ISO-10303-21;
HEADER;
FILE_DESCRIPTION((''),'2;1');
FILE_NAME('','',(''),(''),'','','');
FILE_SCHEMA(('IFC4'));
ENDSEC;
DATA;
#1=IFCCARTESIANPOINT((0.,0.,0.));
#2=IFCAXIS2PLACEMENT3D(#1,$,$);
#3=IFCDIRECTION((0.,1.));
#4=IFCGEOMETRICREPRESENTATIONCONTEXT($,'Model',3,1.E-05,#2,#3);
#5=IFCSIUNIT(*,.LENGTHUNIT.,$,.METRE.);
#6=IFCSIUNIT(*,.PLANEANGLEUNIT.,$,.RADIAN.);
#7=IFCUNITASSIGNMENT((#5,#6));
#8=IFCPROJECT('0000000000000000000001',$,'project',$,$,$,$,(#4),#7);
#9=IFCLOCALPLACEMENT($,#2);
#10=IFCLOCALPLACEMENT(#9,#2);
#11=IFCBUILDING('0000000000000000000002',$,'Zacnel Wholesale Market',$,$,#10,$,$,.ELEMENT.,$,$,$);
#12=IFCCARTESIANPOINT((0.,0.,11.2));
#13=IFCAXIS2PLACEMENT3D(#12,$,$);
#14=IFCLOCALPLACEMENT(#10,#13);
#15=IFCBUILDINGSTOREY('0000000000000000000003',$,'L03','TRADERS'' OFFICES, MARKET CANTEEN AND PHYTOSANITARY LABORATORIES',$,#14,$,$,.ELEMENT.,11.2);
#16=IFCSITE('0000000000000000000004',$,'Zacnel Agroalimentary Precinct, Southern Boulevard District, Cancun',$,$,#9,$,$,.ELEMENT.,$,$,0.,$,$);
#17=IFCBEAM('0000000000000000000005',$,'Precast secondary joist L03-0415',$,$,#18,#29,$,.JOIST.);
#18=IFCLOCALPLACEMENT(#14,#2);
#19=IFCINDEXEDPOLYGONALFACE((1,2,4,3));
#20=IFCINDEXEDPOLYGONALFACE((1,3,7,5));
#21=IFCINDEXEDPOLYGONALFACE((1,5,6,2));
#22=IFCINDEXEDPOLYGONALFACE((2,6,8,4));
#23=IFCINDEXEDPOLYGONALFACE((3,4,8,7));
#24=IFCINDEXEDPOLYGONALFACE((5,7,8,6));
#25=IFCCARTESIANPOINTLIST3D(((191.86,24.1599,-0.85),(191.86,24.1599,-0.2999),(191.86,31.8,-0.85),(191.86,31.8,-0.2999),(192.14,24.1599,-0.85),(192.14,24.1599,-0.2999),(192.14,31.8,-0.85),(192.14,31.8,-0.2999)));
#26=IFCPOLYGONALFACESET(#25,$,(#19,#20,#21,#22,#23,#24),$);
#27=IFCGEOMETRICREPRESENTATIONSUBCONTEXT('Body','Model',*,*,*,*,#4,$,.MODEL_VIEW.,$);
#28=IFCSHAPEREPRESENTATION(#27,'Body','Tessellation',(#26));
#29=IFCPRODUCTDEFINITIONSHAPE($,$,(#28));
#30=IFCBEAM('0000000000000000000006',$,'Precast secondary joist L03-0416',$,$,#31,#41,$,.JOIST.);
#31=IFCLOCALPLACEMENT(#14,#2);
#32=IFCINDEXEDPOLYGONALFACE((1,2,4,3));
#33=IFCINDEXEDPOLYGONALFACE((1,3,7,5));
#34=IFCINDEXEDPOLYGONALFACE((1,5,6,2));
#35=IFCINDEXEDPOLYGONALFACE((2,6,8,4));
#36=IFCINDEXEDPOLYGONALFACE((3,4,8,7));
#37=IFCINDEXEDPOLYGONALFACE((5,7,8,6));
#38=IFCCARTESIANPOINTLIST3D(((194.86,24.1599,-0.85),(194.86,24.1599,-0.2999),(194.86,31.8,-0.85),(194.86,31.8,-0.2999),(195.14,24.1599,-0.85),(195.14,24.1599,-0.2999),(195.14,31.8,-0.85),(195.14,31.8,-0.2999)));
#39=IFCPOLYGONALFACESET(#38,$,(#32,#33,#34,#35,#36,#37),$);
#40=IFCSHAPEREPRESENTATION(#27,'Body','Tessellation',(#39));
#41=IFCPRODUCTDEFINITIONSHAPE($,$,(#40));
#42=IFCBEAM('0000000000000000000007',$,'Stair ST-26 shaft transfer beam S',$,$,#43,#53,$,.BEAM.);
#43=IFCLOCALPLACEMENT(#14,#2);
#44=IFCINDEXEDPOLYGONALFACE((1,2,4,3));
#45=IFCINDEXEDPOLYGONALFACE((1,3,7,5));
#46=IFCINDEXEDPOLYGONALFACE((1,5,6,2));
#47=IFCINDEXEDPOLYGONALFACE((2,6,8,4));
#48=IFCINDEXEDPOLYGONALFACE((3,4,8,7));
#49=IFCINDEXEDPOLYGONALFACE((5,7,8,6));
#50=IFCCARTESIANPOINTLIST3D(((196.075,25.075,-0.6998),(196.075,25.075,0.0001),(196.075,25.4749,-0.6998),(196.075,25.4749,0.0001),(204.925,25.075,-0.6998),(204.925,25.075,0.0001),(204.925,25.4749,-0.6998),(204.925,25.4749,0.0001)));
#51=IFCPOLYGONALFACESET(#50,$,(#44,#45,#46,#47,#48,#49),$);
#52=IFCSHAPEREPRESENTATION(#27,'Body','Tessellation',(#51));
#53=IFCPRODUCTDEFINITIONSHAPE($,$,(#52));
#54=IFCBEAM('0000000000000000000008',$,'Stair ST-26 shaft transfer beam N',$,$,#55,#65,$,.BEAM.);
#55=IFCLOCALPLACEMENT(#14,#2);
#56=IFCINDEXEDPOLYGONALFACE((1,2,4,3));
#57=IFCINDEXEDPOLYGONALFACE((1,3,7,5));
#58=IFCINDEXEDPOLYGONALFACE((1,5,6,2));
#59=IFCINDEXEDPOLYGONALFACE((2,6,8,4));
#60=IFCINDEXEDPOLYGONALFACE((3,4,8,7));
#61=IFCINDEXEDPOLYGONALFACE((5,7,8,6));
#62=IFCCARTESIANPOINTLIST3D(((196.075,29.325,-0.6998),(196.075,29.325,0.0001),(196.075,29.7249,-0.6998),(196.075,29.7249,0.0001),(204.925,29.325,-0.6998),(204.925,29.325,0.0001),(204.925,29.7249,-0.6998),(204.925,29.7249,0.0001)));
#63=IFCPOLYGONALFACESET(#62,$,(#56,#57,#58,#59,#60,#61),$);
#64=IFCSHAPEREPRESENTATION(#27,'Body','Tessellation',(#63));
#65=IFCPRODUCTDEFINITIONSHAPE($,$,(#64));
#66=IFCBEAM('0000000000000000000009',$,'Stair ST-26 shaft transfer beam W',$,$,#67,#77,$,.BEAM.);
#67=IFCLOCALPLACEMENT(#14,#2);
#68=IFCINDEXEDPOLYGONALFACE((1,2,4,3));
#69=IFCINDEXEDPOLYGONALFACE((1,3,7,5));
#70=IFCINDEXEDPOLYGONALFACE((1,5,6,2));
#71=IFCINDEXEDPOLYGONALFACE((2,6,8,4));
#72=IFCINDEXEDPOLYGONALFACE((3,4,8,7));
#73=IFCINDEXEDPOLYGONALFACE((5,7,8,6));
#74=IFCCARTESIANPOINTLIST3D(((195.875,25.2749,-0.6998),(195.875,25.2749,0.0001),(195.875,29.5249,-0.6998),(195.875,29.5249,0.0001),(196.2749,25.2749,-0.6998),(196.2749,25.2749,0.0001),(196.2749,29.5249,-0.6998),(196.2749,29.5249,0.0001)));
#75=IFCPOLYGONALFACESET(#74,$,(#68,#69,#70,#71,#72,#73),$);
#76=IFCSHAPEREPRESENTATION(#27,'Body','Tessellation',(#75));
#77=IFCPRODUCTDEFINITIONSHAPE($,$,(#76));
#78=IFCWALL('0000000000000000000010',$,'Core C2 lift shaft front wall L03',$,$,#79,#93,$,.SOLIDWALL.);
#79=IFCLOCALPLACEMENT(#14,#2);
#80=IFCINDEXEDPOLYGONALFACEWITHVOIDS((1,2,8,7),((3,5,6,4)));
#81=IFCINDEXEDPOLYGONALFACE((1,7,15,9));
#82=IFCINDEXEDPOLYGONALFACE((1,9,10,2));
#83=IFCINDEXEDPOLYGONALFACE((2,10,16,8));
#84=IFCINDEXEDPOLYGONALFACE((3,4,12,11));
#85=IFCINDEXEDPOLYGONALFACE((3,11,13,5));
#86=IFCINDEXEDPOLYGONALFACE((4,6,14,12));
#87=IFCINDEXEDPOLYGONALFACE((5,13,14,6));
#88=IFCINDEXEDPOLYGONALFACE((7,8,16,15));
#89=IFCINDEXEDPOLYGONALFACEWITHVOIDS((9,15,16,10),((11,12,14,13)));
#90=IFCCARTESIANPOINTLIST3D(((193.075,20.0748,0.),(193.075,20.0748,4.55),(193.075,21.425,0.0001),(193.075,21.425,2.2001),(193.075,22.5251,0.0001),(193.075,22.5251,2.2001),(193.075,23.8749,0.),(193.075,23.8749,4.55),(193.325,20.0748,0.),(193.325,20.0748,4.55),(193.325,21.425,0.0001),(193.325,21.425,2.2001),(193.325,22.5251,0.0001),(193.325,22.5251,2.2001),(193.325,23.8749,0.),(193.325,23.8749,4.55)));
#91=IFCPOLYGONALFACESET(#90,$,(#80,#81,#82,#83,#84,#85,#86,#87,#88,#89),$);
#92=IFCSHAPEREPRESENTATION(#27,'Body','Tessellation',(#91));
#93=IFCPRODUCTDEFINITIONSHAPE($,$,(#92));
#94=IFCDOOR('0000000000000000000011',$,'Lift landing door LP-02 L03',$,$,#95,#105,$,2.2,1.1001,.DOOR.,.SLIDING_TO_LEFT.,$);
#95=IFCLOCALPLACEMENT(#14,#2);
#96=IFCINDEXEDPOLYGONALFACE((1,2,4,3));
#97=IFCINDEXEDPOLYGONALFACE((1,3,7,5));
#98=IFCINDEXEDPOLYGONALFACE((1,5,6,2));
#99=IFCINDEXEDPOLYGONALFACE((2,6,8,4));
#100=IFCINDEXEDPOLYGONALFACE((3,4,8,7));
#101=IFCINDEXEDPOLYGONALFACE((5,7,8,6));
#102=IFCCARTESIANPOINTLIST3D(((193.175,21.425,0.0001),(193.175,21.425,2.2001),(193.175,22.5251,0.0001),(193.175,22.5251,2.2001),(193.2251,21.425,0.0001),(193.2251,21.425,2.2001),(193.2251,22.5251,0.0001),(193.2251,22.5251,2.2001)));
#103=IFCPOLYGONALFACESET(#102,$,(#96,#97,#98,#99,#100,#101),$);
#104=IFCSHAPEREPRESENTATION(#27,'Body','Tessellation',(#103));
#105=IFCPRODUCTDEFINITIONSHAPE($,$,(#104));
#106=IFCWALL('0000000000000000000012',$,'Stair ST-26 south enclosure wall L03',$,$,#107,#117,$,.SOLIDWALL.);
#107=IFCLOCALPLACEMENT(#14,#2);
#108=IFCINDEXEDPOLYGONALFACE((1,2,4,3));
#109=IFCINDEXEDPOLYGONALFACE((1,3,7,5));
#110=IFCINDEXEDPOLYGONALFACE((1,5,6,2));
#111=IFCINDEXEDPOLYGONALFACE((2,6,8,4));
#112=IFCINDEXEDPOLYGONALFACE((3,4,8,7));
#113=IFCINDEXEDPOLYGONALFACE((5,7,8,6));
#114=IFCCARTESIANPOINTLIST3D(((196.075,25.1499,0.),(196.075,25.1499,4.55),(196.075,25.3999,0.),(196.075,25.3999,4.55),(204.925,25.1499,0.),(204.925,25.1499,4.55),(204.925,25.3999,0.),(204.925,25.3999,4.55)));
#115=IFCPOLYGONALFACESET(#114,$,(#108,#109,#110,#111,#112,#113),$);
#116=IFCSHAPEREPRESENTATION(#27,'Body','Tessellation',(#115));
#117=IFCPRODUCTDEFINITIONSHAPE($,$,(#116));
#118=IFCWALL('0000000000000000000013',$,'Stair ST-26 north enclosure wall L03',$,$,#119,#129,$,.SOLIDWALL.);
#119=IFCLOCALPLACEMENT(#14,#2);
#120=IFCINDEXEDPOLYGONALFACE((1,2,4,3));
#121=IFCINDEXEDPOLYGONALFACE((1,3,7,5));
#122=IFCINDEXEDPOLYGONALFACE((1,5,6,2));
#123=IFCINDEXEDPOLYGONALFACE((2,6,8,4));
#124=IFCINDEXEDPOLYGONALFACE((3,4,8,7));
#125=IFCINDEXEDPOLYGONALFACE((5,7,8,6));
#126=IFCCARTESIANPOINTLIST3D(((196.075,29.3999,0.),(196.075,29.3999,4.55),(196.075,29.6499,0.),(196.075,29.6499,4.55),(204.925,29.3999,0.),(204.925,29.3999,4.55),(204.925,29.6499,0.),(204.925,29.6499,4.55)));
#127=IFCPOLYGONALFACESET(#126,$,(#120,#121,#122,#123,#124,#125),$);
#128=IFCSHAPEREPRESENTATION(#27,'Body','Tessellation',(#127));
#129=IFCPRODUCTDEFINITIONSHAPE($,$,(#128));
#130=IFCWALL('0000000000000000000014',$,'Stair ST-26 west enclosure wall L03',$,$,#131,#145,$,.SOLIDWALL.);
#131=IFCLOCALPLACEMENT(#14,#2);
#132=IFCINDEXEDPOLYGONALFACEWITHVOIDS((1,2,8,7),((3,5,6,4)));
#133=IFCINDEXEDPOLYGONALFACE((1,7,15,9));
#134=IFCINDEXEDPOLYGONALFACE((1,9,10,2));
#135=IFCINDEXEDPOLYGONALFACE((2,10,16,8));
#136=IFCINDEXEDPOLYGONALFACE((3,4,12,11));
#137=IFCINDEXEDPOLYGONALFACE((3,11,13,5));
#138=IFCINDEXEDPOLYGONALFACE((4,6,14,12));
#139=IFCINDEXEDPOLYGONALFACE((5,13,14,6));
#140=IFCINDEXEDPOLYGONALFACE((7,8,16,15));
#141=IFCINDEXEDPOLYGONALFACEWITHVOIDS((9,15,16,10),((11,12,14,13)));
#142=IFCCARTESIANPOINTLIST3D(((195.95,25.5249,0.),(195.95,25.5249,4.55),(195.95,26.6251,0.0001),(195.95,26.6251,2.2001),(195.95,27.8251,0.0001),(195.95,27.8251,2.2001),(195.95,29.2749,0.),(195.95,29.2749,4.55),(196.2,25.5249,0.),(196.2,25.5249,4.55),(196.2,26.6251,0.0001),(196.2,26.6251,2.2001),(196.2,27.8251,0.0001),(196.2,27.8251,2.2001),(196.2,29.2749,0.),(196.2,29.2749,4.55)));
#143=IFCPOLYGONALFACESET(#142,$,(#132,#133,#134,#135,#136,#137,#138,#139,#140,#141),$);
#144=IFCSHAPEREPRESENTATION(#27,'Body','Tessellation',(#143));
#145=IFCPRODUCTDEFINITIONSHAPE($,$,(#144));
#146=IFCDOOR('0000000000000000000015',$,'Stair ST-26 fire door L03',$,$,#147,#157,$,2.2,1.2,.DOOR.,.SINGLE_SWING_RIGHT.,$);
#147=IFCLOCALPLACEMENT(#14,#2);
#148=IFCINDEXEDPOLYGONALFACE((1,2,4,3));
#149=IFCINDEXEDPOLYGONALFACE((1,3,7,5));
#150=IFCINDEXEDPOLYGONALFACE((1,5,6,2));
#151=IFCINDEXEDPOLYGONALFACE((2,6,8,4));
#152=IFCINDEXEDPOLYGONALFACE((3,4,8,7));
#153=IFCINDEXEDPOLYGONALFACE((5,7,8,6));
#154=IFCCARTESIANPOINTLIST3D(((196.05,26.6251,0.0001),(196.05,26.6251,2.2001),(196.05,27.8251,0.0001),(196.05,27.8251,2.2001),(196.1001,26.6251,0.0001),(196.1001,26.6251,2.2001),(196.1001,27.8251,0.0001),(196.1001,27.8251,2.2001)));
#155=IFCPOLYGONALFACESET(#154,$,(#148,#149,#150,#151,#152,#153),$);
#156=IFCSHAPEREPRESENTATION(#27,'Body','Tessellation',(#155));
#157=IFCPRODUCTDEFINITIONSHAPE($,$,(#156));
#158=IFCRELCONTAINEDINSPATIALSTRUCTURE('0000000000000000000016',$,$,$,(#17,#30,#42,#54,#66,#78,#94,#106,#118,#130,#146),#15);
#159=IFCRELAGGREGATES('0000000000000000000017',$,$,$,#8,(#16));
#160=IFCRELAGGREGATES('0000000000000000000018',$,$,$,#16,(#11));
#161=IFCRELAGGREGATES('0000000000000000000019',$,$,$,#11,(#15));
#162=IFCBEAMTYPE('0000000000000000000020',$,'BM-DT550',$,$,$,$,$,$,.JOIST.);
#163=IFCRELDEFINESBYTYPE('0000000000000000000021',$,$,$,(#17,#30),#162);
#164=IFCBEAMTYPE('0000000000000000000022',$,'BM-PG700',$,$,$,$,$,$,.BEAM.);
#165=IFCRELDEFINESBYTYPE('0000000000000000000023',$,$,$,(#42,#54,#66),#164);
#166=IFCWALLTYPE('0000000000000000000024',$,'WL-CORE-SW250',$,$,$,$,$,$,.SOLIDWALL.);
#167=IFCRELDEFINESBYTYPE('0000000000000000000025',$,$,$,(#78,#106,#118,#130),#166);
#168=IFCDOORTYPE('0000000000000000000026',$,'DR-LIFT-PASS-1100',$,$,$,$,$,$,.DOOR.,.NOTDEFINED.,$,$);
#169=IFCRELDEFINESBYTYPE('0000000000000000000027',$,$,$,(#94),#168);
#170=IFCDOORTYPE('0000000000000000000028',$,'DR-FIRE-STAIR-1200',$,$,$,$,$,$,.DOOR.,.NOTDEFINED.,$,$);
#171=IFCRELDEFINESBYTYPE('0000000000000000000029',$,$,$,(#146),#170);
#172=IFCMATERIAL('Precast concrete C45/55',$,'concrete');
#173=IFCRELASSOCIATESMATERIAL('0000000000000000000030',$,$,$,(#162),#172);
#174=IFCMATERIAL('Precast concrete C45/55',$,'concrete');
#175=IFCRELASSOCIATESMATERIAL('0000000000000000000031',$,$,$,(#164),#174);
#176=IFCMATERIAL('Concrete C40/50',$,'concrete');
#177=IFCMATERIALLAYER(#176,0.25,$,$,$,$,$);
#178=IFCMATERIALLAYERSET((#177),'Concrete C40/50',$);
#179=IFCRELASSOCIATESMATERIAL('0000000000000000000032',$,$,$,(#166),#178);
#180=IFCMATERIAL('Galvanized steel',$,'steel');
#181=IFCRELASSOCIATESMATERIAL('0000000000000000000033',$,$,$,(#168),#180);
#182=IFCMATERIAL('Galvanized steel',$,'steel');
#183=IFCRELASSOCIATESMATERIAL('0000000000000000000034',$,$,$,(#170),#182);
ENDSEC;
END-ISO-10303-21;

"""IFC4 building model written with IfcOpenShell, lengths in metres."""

from ifc_helpers import new_model, si_unit, direction, frame, frame_2d, origin, origin_2d, place, context, subcontext, project, spatial, rectangle, extrude, material, layer, layer_set, material_profile, profile_set, type_object, element, fill, save


model = new_model("IFC4")

# Units and contexts
model_context = context("Model", 3, precision=1e-05, world=origin(), true_north=direction((0.0, 1.0)))
body_context = subcontext(model_context, "Body", "Model", "MODEL_VIEW")
ifc_project = project(units=[si_unit("LENGTHUNIT", "METRE"), si_unit("PLANEANGLEUNIT", "RADIAN")], contexts=[model_context])

# Site, building, storey
site_placement = place(None, origin())
site = spatial("IfcSite", under=ifc_project, at=site_placement, Name="Zacnel Agroalimentary Precinct, Southern Boulevard District, Cancun", CompositionType="ELEMENT", RefElevation=0.0)
building_placement = place(site_placement, origin())
building = spatial("IfcBuilding", under=site, at=building_placement, Name="Zacnel Wholesale Market", CompositionType="ELEMENT")
storey_placement = place(building_placement, frame((0.0, 0.0, 11.2)))
storey = spatial("IfcBuildingStorey", under=building, at=storey_placement, Name="L03", Description="TRADERS' OFFICES, MARKET CANTEEN AND PHYTOSANITARY LABORATORIES", CompositionType="ELEMENT", Elevation=11.2)

# Beams
ifc_material_1 = material(Name="Precast concrete C45/55", Category="concrete")
ifc_material_profile_1 = material_profile(ifc_material_1, rectangle(XDim=0.28, YDim=0.55, at=origin_2d()), Name="DT RIB 280x550")
ifc_profile_set_1 = profile_set([ifc_material_profile_1], Name="Precast concrete C45/55")
beam_type_1 = type_object("IfcBeamType", Name="BM-DT550", PredefinedType="JOIST", material=ifc_profile_set_1)
for number, where, z_axis, x_axis, name in (
    (1, (192.0, 24.1599, -0.575), (0.0, 1.0, 0.0), (-1.0, 0.0, 0.0), "Precast secondary joist L03-0415"),
    (2, (195.0, 24.1599, -0.575), (0.0, 1.0, 0.0), (-1.0, 0.0, 0.0), "Precast secondary joist L03-0416"),
):
    element("IfcBeam", number, at=place(storey_placement, frame(where, z_axis=z_axis, x_axis=x_axis)), inside=storey, type_object=beam_type_1, Name=name, PredefinedType="JOIST", context=body_context, shape_type="SweptSolid", body=[
        extrude(rectangle(XDim=0.28, YDim=0.55, at=origin_2d()), origin(), (0.0, 0.0, 1.0), 7.6401),
    ])
ifc_material_2 = material(Name="Precast concrete C45/55", Category="concrete")
ifc_material_profile_2 = material_profile(ifc_material_2, rectangle(XDim=0.3999, YDim=0.7, at=origin_2d()), Name="PG 400x700")
ifc_profile_set_2 = profile_set([ifc_material_profile_2], Name="Precast concrete C45/55")
beam_type_2 = type_object("IfcBeamType", Name="BM-PG700", PredefinedType="BEAM", material=ifc_profile_set_2)
for number, where, z_axis, x_axis, name in (
    (3, (196.075, 25.2749, -0.3499), (1.0, 0.0, 0.0), (0.0, 1.0, 0.0), "Stair ST-26 shaft transfer beam S"),
    (4, (196.075, 29.5249, -0.3499), (1.0, 0.0, 0.0), (0.0, 1.0, 0.0), "Stair ST-26 shaft transfer beam N"),
):
    element("IfcBeam", number, at=place(storey_placement, frame(where, z_axis=z_axis, x_axis=x_axis)), inside=storey, type_object=beam_type_2, Name=name, PredefinedType="BEAM", context=body_context, shape_type="SweptSolid", body=[
        extrude(rectangle(XDim=0.3999, YDim=0.7, at=origin_2d()), origin(), (0.0, 0.0, 1.0), 8.8501),
    ])
beam_placement = place(storey_placement, frame((196.075, 25.2749, -0.3499), z_axis=(0.0, 1.0, 0.0), x_axis=(-1.0, 0.0, 0.0)))
element("IfcBeam", 5, at=beam_placement, inside=storey, type_object=beam_type_2, Name="Stair ST-26 shaft transfer beam W", PredefinedType="BEAM", context=body_context, shape_type="SweptSolid", body=[
    extrude(rectangle(XDim=0.3999, YDim=0.7, at=origin_2d()), origin(), (0.0, 0.0, 1.0), 4.25),
])

# Wall, opening, door
ifc_material_3 = material(Name="Concrete C40/50", Category="concrete")
ifc_layer_1 = layer(ifc_material_3, 0.25)
ifc_layer_set_1 = layer_set([ifc_layer_1], Name="Concrete C40/50")
wall_type = type_object("IfcWallType", Name="WL-CORE-SW250", PredefinedType="SOLIDWALL", material=ifc_layer_set_1)
wall_1_placement = place(storey_placement, frame((193.2, 20.075, 0.0), z_axis=(0.0, 0.0, 1.0), x_axis=(0.0, 1.0, 0.0)))
wall_1 = element("IfcWall", 6, at=wall_1_placement, inside=storey, type_object=wall_type, Name="Core C2 lift shaft front wall L03", PredefinedType="SOLIDWALL", context=body_context, shape_type="SweptSolid", body=[
    extrude(rectangle(XDim=3.8, YDim=0.25, at=frame_2d((1.8999, 0.0))), origin(), (0.0, 0.0, 1.0), 4.55),
])
opening_1_placement = place(wall_1_placement, frame((1.3501, 0.0, 0.0)))
opening_1 = element("IfcOpeningElement", 7, at=opening_1_placement, cuts=wall_1, PredefinedType="OPENING", context=body_context, shape_type="SweptSolid", body=[
    extrude(rectangle(XDim=1.1001, YDim=2.2, at=frame_2d((0.55, 1.1001))), frame((0.0, 0.135, 0.0), z_axis=(0.0, -1.0, 0.0), x_axis=(1.0, 0.0, 0.0)), (0.0, 0.0, 1.0), 0.27),
])
ifc_material_4 = material(Name="Galvanized steel", Category="steel")
door_type_1 = type_object("IfcDoorType", Name="DR-LIFT-PASS-1100", OperationType="NOTDEFINED", PredefinedType="DOOR", material=ifc_material_4)
door_1_placement = place(opening_1_placement, origin())
door_1 = element("IfcDoor", 8, at=door_1_placement, inside=storey, type_object=door_type_1, Name="Lift landing door LP-02 L03", OperationType="SLIDING_TO_LEFT", OverallHeight=2.2, OverallWidth=1.1001, PredefinedType="DOOR", context=body_context, shape_type="SweptSolid", body=[
    extrude(rectangle(XDim=1.1001, YDim=2.2, at=frame_2d((0.55, 1.1001))), frame((0.0, 0.0249, 0.0), z_axis=(0.0, -1.0, 0.0), x_axis=(1.0, 0.0, 0.0)), (0.0, 0.0, 1.0), 0.05),
])
fill(opening_1, door_1)

# Walls
for number, where, z_axis, x_axis, name in (
    (9, (196.075, 25.2749, 0.0), (0.0, 0.0, 1.0), (1.0, 0.0, 0.0), "Stair ST-26 south enclosure wall L03"),
    (10, (196.075, 29.5249, 0.0), (0.0, 0.0, 1.0), (1.0, 0.0, 0.0), "Stair ST-26 north enclosure wall L03"),
):
    element("IfcWall", number, at=place(storey_placement, frame(where, z_axis=z_axis, x_axis=x_axis)), inside=storey, type_object=wall_type, Name=name, PredefinedType="SOLIDWALL", context=body_context, shape_type="SweptSolid", body=[
        extrude(rectangle(XDim=8.8501, YDim=0.25, at=frame_2d((4.425, 0.0))), origin(), (0.0, 0.0, 1.0), 4.55),
    ])

# Wall, opening, door
wall_2_placement = place(storey_placement, frame((196.075, 25.5249, 0.0), z_axis=(0.0, 0.0, 1.0), x_axis=(0.0, 1.0, 0.0)))
wall_2 = element("IfcWall", 11, at=wall_2_placement, inside=storey, type_object=wall_type, Name="Stair ST-26 west enclosure wall L03", PredefinedType="SOLIDWALL", context=body_context, shape_type="SweptSolid", body=[
    extrude(rectangle(XDim=3.75, YDim=0.25, at=frame_2d((1.875, 0.0))), origin(), (0.0, 0.0, 1.0), 4.55),
])
opening_2_placement = place(wall_2_placement, frame((1.1001, 0.0, 0.0)))
opening_2 = element("IfcOpeningElement", 12, at=opening_2_placement, cuts=wall_2, PredefinedType="OPENING", context=body_context, shape_type="SweptSolid", body=[
    extrude(rectangle(XDim=1.2, YDim=2.2, at=frame_2d((0.6001, 1.1001))), frame((0.0, 0.135, 0.0), z_axis=(0.0, -1.0, 0.0), x_axis=(1.0, 0.0, 0.0)), (0.0, 0.0, 1.0), 0.27),
])
ifc_material_5 = material(Name="Galvanized steel", Category="steel")
door_type_2 = type_object("IfcDoorType", Name="DR-FIRE-STAIR-1200", OperationType="NOTDEFINED", PredefinedType="DOOR", material=ifc_material_5)
door_2_placement = place(opening_2_placement, origin())
door_2 = element("IfcDoor", 13, at=door_2_placement, inside=storey, type_object=door_type_2, Name="Stair ST-26 fire door L03", OperationType="SINGLE_SWING_RIGHT", OverallHeight=2.2, OverallWidth=1.2, PredefinedType="DOOR", context=body_context, shape_type="SweptSolid", body=[
    extrude(rectangle(XDim=1.2, YDim=2.2, at=frame_2d((0.6001, 1.1001))), frame((0.0, 0.0249, 0.0), z_axis=(0.0, -1.0, 0.0), x_axis=(1.0, 0.0, 0.0)), (0.0, 0.0, 1.0), 0.05),
])
fill(opening_2, door_2)

save(model, "model.ifc")
